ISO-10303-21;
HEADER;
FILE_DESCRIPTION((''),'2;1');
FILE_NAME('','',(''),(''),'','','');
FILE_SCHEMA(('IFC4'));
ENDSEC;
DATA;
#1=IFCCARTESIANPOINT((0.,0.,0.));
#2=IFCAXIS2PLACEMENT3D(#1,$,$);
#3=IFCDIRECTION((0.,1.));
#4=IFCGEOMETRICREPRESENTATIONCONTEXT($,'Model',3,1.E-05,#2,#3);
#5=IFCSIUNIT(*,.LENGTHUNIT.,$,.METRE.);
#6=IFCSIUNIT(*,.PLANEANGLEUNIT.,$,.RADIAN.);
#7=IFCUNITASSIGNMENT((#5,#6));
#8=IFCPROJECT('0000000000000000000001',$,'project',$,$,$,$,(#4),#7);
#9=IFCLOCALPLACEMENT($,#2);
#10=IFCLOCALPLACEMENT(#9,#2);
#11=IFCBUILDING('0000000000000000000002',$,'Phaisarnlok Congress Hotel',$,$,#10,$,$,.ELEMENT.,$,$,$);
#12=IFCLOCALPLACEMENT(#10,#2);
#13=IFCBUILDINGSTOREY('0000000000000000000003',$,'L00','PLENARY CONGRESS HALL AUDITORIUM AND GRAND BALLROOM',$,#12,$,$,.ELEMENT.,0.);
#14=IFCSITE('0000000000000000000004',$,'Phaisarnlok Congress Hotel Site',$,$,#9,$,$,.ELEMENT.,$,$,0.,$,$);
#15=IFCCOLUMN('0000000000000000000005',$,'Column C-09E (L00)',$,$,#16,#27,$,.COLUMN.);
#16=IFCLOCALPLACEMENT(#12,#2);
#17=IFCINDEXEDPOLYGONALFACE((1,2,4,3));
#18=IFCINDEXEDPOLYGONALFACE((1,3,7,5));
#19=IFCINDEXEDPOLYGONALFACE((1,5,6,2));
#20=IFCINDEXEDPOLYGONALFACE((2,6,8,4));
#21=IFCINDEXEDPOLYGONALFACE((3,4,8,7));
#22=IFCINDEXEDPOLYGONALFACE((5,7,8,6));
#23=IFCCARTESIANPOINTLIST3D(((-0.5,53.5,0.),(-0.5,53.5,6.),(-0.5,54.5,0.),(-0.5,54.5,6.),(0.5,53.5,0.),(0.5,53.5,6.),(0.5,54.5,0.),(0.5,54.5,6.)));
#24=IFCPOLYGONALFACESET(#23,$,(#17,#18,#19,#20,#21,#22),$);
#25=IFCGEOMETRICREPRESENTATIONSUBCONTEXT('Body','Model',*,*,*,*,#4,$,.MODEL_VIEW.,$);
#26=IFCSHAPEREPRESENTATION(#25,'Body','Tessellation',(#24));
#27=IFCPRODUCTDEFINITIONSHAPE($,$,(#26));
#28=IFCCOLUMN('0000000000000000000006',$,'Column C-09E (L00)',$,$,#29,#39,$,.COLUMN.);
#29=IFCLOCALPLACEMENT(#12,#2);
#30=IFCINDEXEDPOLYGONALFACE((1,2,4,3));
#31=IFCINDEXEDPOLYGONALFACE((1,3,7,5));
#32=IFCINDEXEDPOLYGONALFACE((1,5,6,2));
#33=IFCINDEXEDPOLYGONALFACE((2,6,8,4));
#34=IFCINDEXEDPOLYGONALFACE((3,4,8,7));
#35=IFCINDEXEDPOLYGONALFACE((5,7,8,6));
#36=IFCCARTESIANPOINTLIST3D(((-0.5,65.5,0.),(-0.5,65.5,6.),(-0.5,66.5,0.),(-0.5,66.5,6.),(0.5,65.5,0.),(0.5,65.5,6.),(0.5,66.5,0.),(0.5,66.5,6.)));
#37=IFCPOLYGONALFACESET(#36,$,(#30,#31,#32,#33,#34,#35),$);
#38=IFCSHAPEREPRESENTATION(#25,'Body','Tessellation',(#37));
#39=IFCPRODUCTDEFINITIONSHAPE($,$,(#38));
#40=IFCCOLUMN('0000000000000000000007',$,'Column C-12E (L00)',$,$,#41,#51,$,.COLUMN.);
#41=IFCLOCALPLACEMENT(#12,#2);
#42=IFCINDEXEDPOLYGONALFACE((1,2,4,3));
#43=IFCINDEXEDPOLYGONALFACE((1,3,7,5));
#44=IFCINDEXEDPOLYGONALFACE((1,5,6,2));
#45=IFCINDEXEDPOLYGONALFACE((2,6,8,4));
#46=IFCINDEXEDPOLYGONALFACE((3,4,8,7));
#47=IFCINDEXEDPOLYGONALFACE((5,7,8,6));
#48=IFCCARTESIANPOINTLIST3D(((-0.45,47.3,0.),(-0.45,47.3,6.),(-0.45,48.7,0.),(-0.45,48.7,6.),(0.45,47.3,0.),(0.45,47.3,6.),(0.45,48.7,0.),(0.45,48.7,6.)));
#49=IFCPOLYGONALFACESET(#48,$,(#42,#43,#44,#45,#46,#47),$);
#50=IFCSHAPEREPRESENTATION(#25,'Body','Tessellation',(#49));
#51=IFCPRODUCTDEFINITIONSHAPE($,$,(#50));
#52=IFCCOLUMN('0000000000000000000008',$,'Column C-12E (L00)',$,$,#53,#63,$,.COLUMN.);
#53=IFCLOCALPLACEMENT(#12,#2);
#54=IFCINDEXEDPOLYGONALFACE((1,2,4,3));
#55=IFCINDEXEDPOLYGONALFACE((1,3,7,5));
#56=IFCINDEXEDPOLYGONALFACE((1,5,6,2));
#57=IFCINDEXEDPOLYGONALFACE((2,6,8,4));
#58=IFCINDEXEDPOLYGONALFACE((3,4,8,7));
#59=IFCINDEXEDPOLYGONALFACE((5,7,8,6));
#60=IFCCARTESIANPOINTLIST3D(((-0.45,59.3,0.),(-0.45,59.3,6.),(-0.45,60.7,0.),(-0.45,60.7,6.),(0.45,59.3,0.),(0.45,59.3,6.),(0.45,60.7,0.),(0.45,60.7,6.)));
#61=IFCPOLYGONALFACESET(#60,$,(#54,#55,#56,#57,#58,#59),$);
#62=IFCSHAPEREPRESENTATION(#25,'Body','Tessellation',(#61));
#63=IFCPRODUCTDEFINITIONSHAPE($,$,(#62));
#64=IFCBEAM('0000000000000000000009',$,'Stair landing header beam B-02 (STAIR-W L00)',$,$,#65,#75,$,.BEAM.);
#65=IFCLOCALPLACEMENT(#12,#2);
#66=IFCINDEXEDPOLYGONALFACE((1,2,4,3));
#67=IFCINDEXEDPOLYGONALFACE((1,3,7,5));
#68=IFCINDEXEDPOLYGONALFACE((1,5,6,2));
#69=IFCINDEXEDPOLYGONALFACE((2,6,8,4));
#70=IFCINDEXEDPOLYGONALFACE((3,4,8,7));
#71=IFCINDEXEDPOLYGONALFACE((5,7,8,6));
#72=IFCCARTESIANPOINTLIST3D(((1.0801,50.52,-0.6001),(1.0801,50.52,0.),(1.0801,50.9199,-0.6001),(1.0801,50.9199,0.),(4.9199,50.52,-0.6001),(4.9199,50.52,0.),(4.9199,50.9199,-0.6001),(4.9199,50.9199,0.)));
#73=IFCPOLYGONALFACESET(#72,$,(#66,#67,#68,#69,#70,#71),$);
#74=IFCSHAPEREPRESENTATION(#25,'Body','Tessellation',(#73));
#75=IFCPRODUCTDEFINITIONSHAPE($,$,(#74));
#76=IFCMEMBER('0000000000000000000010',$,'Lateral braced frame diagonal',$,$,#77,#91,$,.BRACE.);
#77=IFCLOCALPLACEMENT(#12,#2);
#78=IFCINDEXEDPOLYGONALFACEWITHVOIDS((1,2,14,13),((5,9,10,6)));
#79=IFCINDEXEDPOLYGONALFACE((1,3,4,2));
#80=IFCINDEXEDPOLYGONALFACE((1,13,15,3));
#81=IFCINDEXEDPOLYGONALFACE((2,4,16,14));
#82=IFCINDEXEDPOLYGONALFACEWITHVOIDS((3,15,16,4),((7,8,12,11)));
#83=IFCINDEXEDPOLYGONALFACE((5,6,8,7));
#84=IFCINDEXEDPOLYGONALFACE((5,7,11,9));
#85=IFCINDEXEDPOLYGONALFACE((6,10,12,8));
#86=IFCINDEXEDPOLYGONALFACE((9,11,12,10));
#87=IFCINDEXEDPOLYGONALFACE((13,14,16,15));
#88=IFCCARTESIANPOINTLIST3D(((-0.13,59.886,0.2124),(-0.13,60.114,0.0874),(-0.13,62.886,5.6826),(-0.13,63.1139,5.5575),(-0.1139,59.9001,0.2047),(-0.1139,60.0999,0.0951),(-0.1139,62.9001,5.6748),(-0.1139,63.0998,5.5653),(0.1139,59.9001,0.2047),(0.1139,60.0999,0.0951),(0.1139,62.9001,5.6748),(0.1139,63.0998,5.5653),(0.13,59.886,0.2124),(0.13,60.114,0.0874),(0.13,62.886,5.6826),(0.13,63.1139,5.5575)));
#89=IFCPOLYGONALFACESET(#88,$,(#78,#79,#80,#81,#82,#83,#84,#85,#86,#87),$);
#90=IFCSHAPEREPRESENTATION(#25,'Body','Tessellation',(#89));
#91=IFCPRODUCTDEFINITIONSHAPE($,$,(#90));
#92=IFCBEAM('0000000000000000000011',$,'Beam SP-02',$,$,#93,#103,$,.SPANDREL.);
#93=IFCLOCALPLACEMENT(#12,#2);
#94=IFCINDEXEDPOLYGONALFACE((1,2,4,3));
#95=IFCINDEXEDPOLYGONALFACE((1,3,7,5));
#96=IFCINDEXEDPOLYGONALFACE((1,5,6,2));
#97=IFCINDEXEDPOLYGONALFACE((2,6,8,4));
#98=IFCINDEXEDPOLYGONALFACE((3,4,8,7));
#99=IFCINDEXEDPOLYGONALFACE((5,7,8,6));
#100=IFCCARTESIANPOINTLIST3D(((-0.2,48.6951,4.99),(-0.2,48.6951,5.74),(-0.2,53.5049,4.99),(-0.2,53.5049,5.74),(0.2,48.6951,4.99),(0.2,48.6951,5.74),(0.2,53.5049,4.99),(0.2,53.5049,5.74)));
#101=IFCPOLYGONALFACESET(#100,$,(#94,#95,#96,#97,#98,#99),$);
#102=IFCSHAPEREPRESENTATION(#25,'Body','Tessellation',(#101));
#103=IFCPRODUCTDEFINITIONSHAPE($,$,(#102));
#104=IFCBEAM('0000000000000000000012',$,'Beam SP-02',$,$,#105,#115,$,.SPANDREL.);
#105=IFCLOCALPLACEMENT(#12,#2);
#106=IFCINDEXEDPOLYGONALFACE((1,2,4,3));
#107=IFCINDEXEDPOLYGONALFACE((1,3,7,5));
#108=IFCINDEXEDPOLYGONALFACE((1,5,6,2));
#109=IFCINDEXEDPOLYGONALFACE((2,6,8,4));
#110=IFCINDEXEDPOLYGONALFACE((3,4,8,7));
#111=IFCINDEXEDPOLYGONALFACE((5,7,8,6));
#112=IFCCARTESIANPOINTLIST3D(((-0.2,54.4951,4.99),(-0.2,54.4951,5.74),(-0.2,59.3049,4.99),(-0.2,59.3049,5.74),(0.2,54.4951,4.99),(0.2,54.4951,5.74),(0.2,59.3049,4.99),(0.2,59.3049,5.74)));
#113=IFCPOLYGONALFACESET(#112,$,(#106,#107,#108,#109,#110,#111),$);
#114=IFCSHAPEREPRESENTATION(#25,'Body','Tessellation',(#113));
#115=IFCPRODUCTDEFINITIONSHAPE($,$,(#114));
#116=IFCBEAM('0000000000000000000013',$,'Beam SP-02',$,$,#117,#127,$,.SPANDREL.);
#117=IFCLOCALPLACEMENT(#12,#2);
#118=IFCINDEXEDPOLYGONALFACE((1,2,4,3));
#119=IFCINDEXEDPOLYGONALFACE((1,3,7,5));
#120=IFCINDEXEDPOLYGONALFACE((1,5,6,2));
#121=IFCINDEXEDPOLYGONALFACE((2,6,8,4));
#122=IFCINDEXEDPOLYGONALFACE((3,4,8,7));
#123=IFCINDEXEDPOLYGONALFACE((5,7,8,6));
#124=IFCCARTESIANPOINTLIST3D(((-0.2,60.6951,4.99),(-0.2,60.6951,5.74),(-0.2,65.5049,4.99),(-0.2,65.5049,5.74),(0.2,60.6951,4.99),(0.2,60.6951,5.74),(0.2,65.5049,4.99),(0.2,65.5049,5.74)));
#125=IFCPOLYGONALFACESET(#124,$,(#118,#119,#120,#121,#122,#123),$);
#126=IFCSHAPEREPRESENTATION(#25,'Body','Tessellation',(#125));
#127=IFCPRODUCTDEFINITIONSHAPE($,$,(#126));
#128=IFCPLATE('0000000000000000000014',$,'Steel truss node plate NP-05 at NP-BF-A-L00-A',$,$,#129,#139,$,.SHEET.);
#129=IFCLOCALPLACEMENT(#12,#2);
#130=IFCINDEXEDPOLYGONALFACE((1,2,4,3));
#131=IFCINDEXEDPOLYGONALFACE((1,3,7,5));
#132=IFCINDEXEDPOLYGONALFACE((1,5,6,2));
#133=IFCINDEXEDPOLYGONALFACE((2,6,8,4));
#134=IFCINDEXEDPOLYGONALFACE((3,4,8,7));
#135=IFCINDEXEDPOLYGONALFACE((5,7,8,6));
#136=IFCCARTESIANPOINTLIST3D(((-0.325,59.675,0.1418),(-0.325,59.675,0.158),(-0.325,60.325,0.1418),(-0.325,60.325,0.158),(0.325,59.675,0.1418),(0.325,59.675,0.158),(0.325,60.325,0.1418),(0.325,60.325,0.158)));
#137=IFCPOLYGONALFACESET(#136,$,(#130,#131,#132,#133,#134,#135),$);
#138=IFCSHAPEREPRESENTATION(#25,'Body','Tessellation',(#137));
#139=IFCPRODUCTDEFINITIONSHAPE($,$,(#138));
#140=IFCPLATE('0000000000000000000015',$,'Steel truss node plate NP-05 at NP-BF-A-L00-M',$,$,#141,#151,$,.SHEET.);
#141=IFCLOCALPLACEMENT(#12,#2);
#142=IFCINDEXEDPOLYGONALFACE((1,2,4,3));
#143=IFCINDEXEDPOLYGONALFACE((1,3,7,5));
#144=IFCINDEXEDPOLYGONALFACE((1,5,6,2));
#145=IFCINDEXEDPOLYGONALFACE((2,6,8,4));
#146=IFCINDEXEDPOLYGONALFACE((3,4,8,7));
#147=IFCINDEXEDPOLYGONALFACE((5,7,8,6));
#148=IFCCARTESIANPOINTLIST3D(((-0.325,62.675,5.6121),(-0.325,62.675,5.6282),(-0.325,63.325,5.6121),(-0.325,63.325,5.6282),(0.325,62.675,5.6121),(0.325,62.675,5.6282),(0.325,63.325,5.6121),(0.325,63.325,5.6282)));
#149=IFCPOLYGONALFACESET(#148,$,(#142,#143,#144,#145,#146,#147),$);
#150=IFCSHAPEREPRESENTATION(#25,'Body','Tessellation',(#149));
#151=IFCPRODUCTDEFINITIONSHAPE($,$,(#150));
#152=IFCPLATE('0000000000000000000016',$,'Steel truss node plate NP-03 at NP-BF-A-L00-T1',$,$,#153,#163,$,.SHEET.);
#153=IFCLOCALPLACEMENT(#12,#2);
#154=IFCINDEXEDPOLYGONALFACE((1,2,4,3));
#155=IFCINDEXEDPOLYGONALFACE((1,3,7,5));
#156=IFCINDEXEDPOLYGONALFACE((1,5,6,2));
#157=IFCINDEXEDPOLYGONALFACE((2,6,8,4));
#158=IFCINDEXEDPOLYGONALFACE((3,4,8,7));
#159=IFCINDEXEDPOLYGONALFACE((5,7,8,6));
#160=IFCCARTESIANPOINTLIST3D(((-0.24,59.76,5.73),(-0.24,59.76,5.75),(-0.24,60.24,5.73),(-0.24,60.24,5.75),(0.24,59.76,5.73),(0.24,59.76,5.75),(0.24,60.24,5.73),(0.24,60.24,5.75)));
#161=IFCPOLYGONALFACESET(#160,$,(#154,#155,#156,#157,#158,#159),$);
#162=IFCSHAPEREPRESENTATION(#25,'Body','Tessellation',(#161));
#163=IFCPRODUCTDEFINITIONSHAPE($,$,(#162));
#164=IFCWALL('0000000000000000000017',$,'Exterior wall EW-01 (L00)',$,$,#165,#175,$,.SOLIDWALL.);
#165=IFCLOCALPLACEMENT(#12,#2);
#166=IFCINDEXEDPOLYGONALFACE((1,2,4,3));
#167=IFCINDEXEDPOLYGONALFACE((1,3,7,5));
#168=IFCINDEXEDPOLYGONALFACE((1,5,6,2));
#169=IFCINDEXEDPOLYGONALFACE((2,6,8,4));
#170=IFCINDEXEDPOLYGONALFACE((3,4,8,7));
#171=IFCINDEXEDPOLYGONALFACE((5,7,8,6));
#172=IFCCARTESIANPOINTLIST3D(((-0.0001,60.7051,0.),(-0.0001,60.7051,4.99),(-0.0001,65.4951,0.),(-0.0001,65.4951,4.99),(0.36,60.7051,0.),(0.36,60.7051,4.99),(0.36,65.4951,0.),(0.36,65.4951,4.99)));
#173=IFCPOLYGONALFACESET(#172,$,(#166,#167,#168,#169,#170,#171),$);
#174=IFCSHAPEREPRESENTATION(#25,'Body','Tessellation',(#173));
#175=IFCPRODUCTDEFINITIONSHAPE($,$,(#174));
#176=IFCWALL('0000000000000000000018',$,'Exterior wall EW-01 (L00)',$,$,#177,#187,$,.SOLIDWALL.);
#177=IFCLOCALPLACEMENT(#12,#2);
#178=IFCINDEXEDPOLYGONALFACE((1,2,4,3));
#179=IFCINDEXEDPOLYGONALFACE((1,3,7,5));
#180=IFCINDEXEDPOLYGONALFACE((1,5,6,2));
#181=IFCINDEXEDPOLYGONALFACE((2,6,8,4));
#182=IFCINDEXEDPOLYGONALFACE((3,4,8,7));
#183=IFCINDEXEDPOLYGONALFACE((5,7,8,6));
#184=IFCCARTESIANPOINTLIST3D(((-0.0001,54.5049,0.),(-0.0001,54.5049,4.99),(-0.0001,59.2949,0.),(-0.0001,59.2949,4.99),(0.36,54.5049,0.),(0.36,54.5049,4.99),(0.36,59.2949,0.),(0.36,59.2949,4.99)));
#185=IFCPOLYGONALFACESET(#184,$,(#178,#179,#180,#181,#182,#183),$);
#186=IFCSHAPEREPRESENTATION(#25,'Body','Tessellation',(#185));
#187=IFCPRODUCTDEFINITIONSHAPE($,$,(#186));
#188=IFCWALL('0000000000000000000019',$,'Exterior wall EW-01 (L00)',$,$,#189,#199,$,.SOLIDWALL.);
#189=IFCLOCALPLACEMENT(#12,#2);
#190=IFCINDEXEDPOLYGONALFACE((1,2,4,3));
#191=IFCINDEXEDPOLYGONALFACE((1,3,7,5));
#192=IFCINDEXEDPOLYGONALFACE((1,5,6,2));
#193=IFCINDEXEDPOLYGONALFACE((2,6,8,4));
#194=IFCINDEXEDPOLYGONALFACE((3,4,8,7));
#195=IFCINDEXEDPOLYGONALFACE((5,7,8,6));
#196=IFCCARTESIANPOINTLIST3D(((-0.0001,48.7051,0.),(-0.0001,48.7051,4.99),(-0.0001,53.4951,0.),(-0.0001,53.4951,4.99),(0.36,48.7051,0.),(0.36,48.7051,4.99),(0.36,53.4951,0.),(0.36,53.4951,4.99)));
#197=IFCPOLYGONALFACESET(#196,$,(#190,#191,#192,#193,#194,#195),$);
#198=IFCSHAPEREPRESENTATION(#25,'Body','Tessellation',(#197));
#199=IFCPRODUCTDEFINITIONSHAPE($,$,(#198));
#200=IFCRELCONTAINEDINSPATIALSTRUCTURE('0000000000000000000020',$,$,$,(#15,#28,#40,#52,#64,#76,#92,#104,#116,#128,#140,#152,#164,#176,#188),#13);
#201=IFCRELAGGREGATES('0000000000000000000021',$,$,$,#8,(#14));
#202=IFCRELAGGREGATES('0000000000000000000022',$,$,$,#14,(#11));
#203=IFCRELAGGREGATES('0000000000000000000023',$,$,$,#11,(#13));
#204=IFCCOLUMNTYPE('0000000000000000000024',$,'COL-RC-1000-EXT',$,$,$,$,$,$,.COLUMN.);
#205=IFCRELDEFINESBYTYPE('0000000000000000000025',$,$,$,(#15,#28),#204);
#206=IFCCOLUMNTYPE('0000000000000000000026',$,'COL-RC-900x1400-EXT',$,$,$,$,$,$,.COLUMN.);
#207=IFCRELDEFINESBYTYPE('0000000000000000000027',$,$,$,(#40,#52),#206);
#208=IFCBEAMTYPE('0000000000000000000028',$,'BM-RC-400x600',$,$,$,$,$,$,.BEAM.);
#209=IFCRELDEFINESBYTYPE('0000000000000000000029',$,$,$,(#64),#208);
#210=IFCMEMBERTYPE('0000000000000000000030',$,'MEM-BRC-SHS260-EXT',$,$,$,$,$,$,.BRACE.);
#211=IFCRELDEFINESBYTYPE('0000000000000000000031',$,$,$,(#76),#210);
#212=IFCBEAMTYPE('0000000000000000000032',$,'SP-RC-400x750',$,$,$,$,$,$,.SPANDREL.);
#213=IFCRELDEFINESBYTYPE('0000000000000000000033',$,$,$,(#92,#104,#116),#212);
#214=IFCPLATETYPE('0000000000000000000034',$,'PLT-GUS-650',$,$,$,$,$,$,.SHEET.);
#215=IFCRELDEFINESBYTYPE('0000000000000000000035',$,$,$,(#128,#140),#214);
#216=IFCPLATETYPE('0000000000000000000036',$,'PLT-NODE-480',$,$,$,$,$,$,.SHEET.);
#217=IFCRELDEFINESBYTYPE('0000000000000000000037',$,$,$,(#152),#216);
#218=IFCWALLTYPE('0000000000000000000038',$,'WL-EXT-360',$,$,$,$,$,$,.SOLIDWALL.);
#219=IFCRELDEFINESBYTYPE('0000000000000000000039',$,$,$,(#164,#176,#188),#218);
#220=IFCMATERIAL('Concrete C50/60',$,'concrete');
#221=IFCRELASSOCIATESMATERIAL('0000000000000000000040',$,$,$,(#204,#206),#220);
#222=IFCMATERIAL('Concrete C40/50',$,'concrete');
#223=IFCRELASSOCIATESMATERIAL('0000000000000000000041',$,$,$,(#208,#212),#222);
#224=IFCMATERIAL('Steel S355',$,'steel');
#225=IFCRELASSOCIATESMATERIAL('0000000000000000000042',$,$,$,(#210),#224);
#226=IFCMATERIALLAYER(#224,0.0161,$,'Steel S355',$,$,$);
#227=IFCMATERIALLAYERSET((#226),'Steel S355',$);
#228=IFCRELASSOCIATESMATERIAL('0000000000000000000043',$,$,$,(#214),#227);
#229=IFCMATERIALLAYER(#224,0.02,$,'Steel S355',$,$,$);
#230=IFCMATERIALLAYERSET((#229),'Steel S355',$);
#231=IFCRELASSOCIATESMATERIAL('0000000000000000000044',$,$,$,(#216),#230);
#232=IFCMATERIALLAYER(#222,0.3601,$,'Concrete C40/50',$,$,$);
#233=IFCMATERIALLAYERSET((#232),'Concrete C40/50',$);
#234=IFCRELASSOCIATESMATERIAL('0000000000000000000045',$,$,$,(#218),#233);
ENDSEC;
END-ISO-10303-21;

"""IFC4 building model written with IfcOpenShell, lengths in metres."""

from ifc_helpers import new_model, si_unit, direction, frame, frame_2d, origin, origin_2d, place, context, subcontext, project, spatial, rectangle, hollow_rectangle, extrude, material, layer, layer_set, material_profile, profile_set, type_object, element, save


model = new_model("IFC4")

# Units and contexts
model_context = context("Model", 3, precision=1e-05, world=origin(), true_north=direction((0.0, 1.0)))
body_context = subcontext(model_context, "Body", "Model", "MODEL_VIEW")
ifc_project = project(units=[si_unit("LENGTHUNIT", "METRE"), si_unit("PLANEANGLEUNIT", "RADIAN")], contexts=[model_context])

# Site, building, storey
site_placement = place(None, origin())
site = spatial("IfcSite", under=ifc_project, at=site_placement, Name="Phaisarnlok Congress Hotel Site", CompositionType="ELEMENT", RefElevation=0.0)
building_placement = place(site_placement, origin())
building = spatial("IfcBuilding", under=site, at=building_placement, Name="Phaisarnlok Congress Hotel", CompositionType="ELEMENT")
storey_placement = place(building_placement, origin())
storey = spatial("IfcBuildingStorey", under=building, at=storey_placement, Name="L00", Description="PLENARY CONGRESS HALL AUDITORIUM AND GRAND BALLROOM", CompositionType="ELEMENT", Elevation=0.0)

# Columns
ifc_material_1 = material(Name="Concrete C50/60", Category="concrete")
ifc_material_profile_1 = material_profile(ifc_material_1, rectangle(XDim=1.0, YDim=1.0, at=origin_2d()), Name="RC 1000x1000")
ifc_profile_set_1 = profile_set([ifc_material_profile_1], Name="Concrete C50/60")
column_type_1 = type_object("IfcColumnType", Name="COL-RC-1000-EXT", PredefinedType="COLUMN", material=ifc_profile_set_1)
for number, where, z_axis, x_axis, name in (
    (1, (0.0, 54.0, 0.0), (0.0, 0.0, 1.0), (1.0, 0.0, 0.0), "Column C-09E (L00)"),
    (2, (0.0, 66.0, 0.0), (0.0, 0.0, 1.0), (1.0, 0.0, 0.0), "Column C-09E (L00)"),
):
    element("IfcColumn", number, at=place(storey_placement, frame(where, z_axis=z_axis, x_axis=x_axis)), inside=storey, type_object=column_type_1, Name=name, PredefinedType="COLUMN", context=body_context, shape_type="SweptSolid", body=[
        extrude(rectangle(XDim=1.0, YDim=1.0, at=origin_2d()), origin(), (0.0, 0.0, 1.0), 6.0),
    ])
ifc_material_profile_2 = material_profile(ifc_material_1, rectangle(XDim=0.8999, YDim=1.3999, at=origin_2d()), Name="RC 900x1400")
ifc_profile_set_2 = profile_set([ifc_material_profile_2], Name="Concrete C50/60")
column_type_2 = type_object("IfcColumnType", Name="COL-RC-900x1400-EXT", PredefinedType="COLUMN", material=ifc_profile_set_2)
for number, where, z_axis, x_axis, name in (
    (3, (0.0, 48.0, 0.0), (0.0, 0.0, 1.0), (1.0, 0.0, 0.0), "Column C-12E (L00)"),
    (4, (0.0, 60.0, 0.0), (0.0, 0.0, 1.0), (1.0, 0.0, 0.0), "Column C-12E (L00)"),
):
    element("IfcColumn", number, at=place(storey_placement, frame(where, z_axis=z_axis, x_axis=x_axis)), inside=storey, type_object=column_type_2, Name=name, PredefinedType="COLUMN", context=body_context, shape_type="SweptSolid", body=[
        extrude(rectangle(XDim=0.8999, YDim=1.3999, at=origin_2d()), origin(), (0.0, 0.0, 1.0), 6.0),
    ])

# Beam
ifc_material_2 = material(Name="Concrete C40/50", Category="concrete")
ifc_material_profile_3 = material_profile(ifc_material_2, rectangle(XDim=0.3999, YDim=0.6001, at=origin_2d()), Name="RC 400x600")
ifc_profile_set_3 = profile_set([ifc_material_profile_3], Name="Concrete C40/50")
beam_type_1 = type_object("IfcBeamType", Name="BM-RC-400x600", PredefinedType="BEAM", material=ifc_profile_set_3)
beam_placement = place(storey_placement, frame((1.0801, 50.72, -0.3), z_axis=(1.0, 0.0, 0.0), x_axis=(0.0, 1.0, 0.0)))
element("IfcBeam", 5, at=beam_placement, inside=storey, type_object=beam_type_1, Name="Stair landing header beam B-02 (STAIR-W L00)", PredefinedType="BEAM", context=body_context, shape_type="SweptSolid", body=[
    extrude(rectangle(XDim=0.3999, YDim=0.6001, at=origin_2d()), origin(), (0.0, 0.0, 1.0), 3.8398),
])

# Member
ifc_material_3 = material(Name="Steel S355", Category="steel")
ifc_material_profile_4 = material_profile(ifc_material_3, hollow_rectangle(XDim=0.26, YDim=0.26, WallThickness=0.0161, at=origin_2d()), Name="SHS 260x260x16")
ifc_profile_set_4 = profile_set([ifc_material_profile_4], Name="Steel S355")
member_type = type_object("IfcMemberType", Name="MEM-BRC-SHS260-EXT", PredefinedType="BRACE", material=ifc_profile_set_4)
member_placement = place(storey_placement, frame((0.0, 60.0, 0.1499), z_axis=(0.0, 0.480858, 0.876799), x_axis=(-1.0, 0.0, 0.0)))
element("IfcMember", 6, at=member_placement, inside=storey, type_object=member_type, Name="Lateral braced frame diagonal", PredefinedType="BRACE", context=body_context, shape_type="SweptSolid", body=[
    extrude(hollow_rectangle(XDim=0.26, YDim=0.26, WallThickness=0.0161, at=origin_2d()), origin(), (0.0, 0.0, 1.0), 6.2388),
])

# Beams
ifc_material_profile_5 = material_profile(ifc_material_2, rectangle(XDim=0.3999, YDim=0.75, at=origin_2d()), Name="RC 400x750")
ifc_profile_set_5 = profile_set([ifc_material_profile_5], Name="Concrete C40/50")
beam_type_2 = type_object("IfcBeamType", Name="SP-RC-400x750", PredefinedType="SPANDREL", material=ifc_profile_set_5)
for number, where, z_axis, x_axis, name in (
    (7, (0.0, 48.6951, 5.365), (0.0, 1.0, 0.0), (-1.0, 0.0, 0.0), "Beam SP-02"),
    (8, (0.0, 54.4951, 5.365), (0.0, 1.0, 0.0), (-1.0, 0.0, 0.0), "Beam SP-02"),
    (9, (0.0, 60.6951, 5.365), (0.0, 1.0, 0.0), (-1.0, 0.0, 0.0), "Beam SP-02"),
):
    element("IfcBeam", number, at=place(storey_placement, frame(where, z_axis=z_axis, x_axis=x_axis)), inside=storey, type_object=beam_type_2, Name=name, PredefinedType="SPANDREL", context=body_context, shape_type="SweptSolid", body=[
        extrude(rectangle(XDim=0.3999, YDim=0.75, at=origin_2d()), origin(), (0.0, 0.0, 1.0), 4.8098),
    ])

# Plates
ifc_layer_1 = layer(ifc_material_3, 0.0161, Name="Steel S355")
ifc_layer_set_1 = layer_set([ifc_layer_1], Name="Steel S355")
plate_type_1 = type_object("IfcPlateType", Name="PLT-GUS-650", PredefinedType="SHEET", material=ifc_layer_set_1)
for number, where, z_axis, x_axis, name in (
    (10, (0.0, 60.0, 0.1418), (0.0, 0.0, 1.0), (1.0, 0.0, 0.0), "Steel truss node plate NP-05 at NP-BF-A-L00-A"),
    (11, (0.0, 63.0, 5.6121), (0.0, 0.0, 1.0), (1.0, 0.0, 0.0), "Steel truss node plate NP-05 at NP-BF-A-L00-M"),
):
    element("IfcPlate", number, at=place(storey_placement, frame(where, z_axis=z_axis, x_axis=x_axis)), inside=storey, type_object=plate_type_1, Name=name, PredefinedType="SHEET", context=body_context, shape_type="SweptSolid", body=[
        extrude(rectangle(XDim=0.6499, YDim=0.6499, at=origin_2d()), origin(), (0.0, 0.0, 1.0), 0.0161),
    ])
ifc_layer_2 = layer(ifc_material_3, 0.02, Name="Steel S355")
ifc_layer_set_2 = layer_set([ifc_layer_2], Name="Steel S355")
plate_type_2 = type_object("IfcPlateType", Name="PLT-NODE-480", PredefinedType="SHEET", material=ifc_layer_set_2)
plate_placement = place(storey_placement, frame((0.0, 60.0, 5.73), z_axis=(0.0, 0.0, 1.0), x_axis=(1.0, 0.0, 0.0)))
element("IfcPlate", 12, at=plate_placement, inside=storey, type_object=plate_type_2, Name="Steel truss node plate NP-03 at NP-BF-A-L00-T1", PredefinedType="SHEET", context=body_context, shape_type="SweptSolid", body=[
    extrude(rectangle(XDim=0.48, YDim=0.48, at=origin_2d()), origin(), (0.0, 0.0, 1.0), 0.02),
])

# Walls
ifc_layer_3 = layer(ifc_material_2, 0.3601, Name="Concrete C40/50")
ifc_layer_set_3 = layer_set([ifc_layer_3], Name="Concrete C40/50")
wall_type_1 = type_object("IfcWallType", Name="WL-EXT-360", PredefinedType="SOLIDWALL", material=ifc_layer_set_3)
for number, where, z_axis, x_axis, name in (
    (13, (0.1799, 65.4951, 0.0), (0.0, 0.0, 1.0), (0.0, -1.0, 0.0), "Exterior wall EW-01 (L00)"),
    (14, (0.1799, 59.2949, 0.0), (0.0, 0.0, 1.0), (0.0, -1.0, 0.0), "Exterior wall EW-01 (L00)"),
    (15, (0.1799, 53.4951, 0.0), (0.0, 0.0, 1.0), (0.0, -1.0, 0.0), "Exterior wall EW-01 (L00)"),
):
    element("IfcWall", number, at=place(storey_placement, frame(where, z_axis=z_axis, x_axis=x_axis)), inside=storey, type_object=wall_type_1, Name=name, PredefinedType="SOLIDWALL", context=body_context, shape_type="SweptSolid", body=[
        extrude(rectangle(XDim=4.79, YDim=0.3601, at=frame_2d((2.395, 0.0))), origin(), (0.0, 0.0, 1.0), 4.99),
    ])

save(model, "model.ifc")
